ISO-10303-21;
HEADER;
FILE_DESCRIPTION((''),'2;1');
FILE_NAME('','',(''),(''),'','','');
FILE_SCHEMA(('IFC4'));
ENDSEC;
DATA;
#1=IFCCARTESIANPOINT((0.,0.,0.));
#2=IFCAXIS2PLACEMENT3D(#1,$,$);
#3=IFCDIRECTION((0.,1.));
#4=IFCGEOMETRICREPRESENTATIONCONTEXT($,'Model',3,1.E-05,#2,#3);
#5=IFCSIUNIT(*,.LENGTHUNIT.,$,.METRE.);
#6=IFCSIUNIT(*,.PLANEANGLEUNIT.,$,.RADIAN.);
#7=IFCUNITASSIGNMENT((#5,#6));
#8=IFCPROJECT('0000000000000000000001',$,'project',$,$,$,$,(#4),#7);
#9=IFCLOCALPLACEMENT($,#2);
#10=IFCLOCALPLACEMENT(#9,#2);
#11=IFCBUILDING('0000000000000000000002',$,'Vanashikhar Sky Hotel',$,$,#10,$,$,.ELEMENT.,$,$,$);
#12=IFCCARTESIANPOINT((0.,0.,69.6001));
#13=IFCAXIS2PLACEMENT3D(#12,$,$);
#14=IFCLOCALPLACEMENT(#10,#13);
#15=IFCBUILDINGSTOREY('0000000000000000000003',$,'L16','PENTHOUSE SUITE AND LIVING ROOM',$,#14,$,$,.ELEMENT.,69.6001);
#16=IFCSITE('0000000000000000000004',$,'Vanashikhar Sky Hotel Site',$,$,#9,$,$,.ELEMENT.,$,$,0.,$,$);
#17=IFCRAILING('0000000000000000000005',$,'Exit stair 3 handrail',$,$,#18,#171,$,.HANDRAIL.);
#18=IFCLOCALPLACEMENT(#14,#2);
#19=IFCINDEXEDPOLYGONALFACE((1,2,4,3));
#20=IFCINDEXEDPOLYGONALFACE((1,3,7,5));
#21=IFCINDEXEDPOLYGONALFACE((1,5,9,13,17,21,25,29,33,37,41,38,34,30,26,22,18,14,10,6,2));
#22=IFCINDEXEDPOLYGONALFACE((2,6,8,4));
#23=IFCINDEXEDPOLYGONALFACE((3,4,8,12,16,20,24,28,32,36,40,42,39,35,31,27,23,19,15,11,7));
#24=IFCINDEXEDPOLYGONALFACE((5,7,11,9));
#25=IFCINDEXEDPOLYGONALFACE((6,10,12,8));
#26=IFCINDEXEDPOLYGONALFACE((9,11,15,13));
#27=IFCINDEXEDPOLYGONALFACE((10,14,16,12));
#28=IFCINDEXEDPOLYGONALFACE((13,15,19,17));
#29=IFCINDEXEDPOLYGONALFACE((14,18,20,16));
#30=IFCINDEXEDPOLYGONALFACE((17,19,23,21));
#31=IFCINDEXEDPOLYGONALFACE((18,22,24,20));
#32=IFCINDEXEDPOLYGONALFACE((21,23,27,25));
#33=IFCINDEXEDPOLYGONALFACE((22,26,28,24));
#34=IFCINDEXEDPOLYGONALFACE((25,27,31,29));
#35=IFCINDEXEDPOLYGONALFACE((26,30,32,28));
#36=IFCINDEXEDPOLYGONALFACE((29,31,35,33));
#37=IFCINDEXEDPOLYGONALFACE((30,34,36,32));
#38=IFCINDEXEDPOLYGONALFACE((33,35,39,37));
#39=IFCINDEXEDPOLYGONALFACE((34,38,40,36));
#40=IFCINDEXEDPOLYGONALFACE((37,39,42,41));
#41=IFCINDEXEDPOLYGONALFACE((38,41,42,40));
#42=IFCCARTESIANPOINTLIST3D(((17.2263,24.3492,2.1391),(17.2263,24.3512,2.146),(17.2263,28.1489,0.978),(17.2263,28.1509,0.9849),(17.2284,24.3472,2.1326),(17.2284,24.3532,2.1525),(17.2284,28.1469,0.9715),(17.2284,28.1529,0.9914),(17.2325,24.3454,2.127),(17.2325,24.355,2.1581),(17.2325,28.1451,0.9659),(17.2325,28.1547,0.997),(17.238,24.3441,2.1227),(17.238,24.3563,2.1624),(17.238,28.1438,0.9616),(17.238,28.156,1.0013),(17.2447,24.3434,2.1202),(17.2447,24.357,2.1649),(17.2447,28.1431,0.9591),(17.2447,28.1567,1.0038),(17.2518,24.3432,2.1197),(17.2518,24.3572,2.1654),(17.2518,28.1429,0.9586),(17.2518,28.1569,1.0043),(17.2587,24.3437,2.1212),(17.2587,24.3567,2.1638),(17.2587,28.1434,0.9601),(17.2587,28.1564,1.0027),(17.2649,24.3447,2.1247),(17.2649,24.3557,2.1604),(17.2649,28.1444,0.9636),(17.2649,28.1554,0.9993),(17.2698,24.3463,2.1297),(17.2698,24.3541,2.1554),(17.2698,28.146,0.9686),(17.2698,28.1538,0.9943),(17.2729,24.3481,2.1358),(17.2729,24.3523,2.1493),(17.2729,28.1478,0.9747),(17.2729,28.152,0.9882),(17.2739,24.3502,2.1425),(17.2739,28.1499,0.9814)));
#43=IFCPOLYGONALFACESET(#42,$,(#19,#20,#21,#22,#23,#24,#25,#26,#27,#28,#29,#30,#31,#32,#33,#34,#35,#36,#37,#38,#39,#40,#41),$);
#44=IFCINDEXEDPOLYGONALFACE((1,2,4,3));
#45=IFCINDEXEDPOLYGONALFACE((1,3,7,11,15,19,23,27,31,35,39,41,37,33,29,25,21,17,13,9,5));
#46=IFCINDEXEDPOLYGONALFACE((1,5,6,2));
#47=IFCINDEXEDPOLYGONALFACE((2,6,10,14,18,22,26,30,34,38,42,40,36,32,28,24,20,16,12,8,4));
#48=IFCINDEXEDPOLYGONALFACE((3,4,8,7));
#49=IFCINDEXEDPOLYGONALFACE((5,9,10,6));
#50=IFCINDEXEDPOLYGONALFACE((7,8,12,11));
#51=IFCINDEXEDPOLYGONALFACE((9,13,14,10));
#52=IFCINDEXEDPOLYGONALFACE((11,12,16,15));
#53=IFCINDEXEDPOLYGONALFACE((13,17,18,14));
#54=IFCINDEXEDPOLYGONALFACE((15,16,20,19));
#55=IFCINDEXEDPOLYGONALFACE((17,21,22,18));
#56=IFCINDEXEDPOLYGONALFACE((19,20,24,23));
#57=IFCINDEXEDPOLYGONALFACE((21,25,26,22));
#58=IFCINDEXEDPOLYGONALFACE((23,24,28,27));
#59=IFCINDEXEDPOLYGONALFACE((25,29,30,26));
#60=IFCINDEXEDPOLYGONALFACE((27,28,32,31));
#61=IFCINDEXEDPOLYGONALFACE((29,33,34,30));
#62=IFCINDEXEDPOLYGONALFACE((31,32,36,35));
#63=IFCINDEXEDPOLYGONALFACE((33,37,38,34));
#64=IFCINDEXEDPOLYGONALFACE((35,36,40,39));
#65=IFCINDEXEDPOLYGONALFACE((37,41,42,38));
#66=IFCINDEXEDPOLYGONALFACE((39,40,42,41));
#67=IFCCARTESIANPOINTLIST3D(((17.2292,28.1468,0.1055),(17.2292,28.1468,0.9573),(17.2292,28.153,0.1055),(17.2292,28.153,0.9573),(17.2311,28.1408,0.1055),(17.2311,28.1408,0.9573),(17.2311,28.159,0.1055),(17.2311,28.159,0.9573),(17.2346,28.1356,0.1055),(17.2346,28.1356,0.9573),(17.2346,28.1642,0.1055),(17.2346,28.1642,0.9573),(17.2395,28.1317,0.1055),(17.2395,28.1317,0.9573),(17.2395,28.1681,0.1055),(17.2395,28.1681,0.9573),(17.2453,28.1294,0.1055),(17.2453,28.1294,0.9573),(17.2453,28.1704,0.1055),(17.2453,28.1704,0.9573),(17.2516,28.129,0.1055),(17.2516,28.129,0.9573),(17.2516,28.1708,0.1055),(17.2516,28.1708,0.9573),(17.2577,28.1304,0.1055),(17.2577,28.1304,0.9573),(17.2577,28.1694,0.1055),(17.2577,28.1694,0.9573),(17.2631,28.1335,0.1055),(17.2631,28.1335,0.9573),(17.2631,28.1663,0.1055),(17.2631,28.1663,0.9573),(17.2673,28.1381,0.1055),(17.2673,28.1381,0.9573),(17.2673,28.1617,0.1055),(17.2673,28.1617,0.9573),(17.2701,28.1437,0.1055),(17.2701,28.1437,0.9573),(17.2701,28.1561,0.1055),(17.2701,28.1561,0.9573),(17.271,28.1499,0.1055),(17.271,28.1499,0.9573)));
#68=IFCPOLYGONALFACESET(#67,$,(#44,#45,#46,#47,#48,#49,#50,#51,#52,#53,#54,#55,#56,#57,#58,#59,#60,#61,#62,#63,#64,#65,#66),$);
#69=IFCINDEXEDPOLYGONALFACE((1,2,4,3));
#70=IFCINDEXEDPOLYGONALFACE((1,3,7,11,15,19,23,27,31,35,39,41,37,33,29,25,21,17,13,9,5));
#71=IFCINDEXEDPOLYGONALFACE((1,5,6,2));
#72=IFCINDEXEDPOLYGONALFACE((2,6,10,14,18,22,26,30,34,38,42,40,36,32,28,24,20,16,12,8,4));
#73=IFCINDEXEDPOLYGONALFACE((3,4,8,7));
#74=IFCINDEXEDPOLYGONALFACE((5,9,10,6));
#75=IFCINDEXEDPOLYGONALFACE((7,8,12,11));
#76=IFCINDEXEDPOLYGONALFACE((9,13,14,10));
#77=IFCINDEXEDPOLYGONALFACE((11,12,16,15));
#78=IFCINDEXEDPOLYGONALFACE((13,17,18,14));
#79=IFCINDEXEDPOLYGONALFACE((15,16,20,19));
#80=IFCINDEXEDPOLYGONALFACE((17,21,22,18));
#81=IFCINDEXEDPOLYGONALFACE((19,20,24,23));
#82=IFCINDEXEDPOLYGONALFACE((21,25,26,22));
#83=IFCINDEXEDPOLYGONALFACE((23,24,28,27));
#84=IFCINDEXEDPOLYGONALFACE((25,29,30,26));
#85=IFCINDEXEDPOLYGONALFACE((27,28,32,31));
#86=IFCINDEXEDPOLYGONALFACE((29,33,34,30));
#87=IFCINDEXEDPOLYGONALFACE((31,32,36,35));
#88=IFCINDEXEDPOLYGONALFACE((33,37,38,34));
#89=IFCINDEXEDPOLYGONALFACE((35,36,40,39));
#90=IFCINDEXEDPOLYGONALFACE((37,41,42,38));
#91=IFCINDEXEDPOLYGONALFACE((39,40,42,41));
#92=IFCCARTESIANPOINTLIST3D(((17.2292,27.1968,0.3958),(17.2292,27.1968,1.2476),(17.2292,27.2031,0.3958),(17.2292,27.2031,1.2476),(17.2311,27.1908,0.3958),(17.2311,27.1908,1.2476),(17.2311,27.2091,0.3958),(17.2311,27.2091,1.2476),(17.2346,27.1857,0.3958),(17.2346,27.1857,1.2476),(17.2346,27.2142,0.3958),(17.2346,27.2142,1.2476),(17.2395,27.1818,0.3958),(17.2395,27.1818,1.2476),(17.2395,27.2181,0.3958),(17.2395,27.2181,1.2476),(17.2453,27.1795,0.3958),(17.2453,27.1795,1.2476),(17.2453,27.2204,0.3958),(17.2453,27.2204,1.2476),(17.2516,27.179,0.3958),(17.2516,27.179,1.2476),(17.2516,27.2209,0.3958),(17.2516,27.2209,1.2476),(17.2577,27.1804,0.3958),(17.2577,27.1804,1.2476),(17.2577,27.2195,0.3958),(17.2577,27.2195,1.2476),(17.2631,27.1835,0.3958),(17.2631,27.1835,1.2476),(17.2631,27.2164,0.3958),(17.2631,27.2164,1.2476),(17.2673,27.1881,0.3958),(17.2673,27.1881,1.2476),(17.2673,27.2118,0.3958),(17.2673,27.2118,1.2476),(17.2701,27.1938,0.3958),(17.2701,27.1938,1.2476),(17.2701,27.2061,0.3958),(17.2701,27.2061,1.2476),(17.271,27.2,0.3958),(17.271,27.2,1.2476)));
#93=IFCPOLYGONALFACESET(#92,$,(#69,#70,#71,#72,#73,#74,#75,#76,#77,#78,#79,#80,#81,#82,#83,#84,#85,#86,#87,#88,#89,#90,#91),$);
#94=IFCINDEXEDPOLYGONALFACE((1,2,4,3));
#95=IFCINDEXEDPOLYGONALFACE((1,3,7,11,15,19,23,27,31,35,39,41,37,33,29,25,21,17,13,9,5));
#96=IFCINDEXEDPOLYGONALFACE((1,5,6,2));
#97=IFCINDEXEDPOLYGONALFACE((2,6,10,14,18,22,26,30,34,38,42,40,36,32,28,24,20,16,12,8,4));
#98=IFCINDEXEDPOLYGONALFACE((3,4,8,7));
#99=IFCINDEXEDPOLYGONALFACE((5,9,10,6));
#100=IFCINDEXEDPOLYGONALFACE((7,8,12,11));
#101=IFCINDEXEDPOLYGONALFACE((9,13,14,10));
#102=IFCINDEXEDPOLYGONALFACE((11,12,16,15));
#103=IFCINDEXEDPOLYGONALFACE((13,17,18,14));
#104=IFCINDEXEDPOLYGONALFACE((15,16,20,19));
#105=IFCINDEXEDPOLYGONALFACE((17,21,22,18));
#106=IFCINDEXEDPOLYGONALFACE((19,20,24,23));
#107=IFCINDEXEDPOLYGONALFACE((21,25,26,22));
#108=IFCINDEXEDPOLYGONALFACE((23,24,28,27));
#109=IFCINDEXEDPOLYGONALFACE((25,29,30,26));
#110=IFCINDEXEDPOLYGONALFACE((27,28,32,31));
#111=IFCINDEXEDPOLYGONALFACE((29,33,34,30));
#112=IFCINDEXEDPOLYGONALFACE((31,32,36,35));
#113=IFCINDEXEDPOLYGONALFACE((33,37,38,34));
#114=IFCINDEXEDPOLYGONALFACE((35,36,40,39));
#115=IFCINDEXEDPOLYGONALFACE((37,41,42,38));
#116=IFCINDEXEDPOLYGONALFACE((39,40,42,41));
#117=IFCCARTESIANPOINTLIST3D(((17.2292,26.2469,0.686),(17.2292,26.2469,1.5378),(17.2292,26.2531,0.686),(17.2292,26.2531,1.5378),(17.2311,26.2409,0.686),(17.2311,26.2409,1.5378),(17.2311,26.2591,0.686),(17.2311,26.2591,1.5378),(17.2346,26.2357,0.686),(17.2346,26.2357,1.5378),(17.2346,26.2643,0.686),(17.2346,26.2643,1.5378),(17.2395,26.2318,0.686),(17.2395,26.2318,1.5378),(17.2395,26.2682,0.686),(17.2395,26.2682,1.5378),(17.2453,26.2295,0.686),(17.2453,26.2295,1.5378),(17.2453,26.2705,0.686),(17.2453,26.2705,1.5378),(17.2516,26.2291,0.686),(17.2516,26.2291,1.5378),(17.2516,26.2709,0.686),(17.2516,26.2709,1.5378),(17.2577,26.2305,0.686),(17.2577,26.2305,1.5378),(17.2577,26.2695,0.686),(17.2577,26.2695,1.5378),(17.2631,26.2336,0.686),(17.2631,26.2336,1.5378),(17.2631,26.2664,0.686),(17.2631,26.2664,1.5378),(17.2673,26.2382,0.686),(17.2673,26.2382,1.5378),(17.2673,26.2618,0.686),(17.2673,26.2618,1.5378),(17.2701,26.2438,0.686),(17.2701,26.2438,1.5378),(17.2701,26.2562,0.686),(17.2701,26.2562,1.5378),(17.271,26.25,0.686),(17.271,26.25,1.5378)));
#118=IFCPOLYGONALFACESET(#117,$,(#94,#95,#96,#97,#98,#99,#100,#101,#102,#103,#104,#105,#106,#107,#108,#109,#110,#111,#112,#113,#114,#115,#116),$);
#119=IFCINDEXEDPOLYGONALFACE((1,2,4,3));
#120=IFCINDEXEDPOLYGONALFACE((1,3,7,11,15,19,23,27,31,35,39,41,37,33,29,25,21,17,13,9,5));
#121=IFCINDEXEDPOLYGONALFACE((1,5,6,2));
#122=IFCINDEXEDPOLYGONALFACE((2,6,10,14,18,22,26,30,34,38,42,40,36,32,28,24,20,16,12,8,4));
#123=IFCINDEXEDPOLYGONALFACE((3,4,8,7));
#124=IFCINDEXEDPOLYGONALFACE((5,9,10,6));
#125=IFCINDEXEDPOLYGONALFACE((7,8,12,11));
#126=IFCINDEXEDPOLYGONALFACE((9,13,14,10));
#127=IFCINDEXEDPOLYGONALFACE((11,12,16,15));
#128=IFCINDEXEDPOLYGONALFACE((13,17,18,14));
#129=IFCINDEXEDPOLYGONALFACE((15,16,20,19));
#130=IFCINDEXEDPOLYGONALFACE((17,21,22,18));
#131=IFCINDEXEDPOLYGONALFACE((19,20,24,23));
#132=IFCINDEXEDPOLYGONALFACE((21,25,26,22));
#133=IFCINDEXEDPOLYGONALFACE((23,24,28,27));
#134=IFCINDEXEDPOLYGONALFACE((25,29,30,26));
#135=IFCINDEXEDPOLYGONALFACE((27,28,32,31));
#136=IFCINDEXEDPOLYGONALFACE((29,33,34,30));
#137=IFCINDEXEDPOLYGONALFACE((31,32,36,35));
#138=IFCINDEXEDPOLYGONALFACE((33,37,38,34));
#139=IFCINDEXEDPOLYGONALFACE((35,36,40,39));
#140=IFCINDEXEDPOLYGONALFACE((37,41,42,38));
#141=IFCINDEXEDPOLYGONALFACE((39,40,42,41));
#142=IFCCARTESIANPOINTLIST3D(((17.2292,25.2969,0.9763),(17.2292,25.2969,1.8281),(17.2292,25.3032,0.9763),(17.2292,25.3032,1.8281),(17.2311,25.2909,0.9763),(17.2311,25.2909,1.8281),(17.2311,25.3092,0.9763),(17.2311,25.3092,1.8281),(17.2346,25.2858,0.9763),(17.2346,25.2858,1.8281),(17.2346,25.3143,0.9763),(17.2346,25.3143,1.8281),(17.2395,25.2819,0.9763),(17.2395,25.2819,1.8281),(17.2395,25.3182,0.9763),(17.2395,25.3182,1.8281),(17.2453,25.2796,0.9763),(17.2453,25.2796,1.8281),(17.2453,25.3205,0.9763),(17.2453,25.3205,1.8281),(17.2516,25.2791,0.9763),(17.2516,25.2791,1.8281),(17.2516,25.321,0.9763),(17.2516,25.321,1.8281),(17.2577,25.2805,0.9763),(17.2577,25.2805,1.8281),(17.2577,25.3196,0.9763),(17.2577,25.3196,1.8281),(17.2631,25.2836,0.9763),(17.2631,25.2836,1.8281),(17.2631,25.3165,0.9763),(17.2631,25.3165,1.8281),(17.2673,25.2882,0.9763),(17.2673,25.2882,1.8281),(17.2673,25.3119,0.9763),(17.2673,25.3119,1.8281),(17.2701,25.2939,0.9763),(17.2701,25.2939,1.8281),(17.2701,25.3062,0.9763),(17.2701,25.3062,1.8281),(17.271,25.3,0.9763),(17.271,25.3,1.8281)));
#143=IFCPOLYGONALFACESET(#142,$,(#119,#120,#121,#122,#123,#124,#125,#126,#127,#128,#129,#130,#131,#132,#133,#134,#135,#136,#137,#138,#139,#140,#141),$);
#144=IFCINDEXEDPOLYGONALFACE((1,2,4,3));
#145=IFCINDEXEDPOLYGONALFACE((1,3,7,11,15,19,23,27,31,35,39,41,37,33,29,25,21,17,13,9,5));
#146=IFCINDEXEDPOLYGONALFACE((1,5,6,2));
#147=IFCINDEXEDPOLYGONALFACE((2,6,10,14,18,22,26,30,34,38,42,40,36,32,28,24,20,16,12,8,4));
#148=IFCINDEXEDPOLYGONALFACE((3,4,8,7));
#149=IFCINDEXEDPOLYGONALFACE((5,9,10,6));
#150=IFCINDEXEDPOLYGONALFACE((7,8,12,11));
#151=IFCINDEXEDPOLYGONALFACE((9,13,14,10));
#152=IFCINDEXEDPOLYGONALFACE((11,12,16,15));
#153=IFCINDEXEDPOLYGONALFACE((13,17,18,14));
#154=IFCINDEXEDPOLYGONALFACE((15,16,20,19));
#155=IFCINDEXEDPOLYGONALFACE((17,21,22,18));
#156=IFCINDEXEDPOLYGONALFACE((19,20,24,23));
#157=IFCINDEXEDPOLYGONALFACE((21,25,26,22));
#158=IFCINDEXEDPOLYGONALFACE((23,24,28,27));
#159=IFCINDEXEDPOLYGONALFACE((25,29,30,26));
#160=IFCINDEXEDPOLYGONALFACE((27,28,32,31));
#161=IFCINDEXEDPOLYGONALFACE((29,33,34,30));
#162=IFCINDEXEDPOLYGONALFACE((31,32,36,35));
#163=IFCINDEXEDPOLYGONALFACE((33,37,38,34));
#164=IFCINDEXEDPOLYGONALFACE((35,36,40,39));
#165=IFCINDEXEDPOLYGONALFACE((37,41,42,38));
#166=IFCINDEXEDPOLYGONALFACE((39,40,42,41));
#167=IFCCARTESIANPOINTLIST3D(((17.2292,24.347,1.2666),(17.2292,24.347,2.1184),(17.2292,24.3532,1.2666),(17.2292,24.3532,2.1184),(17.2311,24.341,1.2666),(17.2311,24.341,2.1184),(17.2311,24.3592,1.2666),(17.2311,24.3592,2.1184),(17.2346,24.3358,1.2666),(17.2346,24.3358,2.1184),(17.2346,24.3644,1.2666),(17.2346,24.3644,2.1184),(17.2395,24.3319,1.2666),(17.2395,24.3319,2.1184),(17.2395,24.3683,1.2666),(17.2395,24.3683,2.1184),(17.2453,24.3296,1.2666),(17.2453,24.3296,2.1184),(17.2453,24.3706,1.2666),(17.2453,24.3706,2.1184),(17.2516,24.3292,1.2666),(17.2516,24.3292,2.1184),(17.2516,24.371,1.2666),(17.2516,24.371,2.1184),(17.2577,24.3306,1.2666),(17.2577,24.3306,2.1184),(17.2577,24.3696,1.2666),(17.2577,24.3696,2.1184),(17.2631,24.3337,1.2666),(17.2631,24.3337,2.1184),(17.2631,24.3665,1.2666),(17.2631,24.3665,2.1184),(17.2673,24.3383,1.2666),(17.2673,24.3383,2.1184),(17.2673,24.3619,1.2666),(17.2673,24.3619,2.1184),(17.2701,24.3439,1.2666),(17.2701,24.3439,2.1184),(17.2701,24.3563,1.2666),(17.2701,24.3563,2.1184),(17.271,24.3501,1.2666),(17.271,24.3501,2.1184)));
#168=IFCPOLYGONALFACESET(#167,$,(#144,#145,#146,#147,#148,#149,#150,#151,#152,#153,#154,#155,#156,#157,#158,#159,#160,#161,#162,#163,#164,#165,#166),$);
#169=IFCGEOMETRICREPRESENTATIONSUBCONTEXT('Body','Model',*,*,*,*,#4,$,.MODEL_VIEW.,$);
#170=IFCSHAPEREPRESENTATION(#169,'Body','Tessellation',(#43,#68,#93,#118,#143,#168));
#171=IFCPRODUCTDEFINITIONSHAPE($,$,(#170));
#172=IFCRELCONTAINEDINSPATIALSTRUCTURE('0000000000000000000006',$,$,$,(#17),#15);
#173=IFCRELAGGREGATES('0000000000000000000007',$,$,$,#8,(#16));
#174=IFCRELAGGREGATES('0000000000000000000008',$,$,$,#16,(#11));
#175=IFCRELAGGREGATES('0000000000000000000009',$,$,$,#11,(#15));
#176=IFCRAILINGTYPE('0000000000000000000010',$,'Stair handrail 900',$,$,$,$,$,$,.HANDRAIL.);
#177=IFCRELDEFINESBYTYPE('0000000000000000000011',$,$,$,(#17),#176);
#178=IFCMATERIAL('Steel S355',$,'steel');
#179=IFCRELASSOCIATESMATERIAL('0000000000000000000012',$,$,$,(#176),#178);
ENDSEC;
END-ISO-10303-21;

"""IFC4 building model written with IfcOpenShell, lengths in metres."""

from ifc_helpers import new_model, si_unit, direction, frame, origin, origin_2d, place, context, subcontext, project, spatial, circle, extrude, source, transform, mapped, material, type_object, element, save


model = new_model("IFC4")

# Units and contexts
model_context = context("Model", 3, precision=1e-05, world=origin(), true_north=direction((0.0, 1.0)))
body_context = subcontext(model_context, "Body", "Model", "MODEL_VIEW")
ifc_project = project(units=[si_unit("LENGTHUNIT", "METRE"), si_unit("PLANEANGLEUNIT", "RADIAN")], contexts=[model_context])

# Site, building, storey
site_placement = place(None, origin())
site = spatial("IfcSite", under=ifc_project, at=site_placement, Name="Vanashikhar Sky Hotel Site", CompositionType="ELEMENT", RefElevation=0.0)
building_placement = place(site_placement, origin())
building = spatial("IfcBuilding", under=site, at=building_placement, Name="Vanashikhar Sky Hotel", CompositionType="ELEMENT")
storey_placement = place(building_placement, frame((0.0, 0.0, 69.6001)))
storey = spatial("IfcBuildingStorey", under=building, at=storey_placement, Name="L16", Description="PENTHOUSE SUITE AND LIVING ROOM", CompositionType="ELEMENT", Elevation=69.6001)

# Railing
ifc_material_1 = material(Name="Steel S355", Category="steel")
railing_type_1 = type_object("IfcRailingType", Name="Stair handrail 900", PredefinedType="HANDRAIL", material=ifc_material_1)
shared_shape_1 = source(origin(), body_context, "Body", "SweptSolid", [
    extrude(circle(Radius=0.0239, at=origin_2d()), frame((0.0, 0.0, 0.876), z_axis=(0.0, -0.956346, 0.292237), x_axis=(1.0, 0.0, 0.0)), (0.0, 0.0, 1.0), 3.9731),
    extrude(circle(Radius=0.021, at=origin_2d()), origin(), (0.0, 0.0, 1.0), 0.8518),
    extrude(circle(Radius=0.021, at=origin_2d()), frame((0.0, -0.95, 0.2903)), (0.0, 0.0, 1.0), 0.8518),
    extrude(circle(Radius=0.021, at=origin_2d()), frame((0.0, -1.8999, 0.5806)), (0.0, 0.0, 1.0), 0.8518),
    extrude(circle(Radius=0.021, at=origin_2d()), frame((0.0, -2.8499, 0.8708)), (0.0, 0.0, 1.0), 0.8518),
    extrude(circle(Radius=0.021, at=origin_2d()), frame((0.0, -3.7998, 1.1611)), (0.0, 0.0, 1.0), 0.8518),
])
for number, where, name in (
    (1, (17.25, 28.1499, 0.1055), "Exit stair 3 handrail"),
):
    element("IfcRailing", number, at=place(storey_placement, frame(where)), inside=storey, type_object=railing_type_1, Name=name, PredefinedType="HANDRAIL", context=body_context, shape_type="MappedRepresentation", body=[
        mapped(shared_shape_1, transform((0.0, 0.0, 0.0), scale=1.0)),
    ])

save(model, "model.ifc")
